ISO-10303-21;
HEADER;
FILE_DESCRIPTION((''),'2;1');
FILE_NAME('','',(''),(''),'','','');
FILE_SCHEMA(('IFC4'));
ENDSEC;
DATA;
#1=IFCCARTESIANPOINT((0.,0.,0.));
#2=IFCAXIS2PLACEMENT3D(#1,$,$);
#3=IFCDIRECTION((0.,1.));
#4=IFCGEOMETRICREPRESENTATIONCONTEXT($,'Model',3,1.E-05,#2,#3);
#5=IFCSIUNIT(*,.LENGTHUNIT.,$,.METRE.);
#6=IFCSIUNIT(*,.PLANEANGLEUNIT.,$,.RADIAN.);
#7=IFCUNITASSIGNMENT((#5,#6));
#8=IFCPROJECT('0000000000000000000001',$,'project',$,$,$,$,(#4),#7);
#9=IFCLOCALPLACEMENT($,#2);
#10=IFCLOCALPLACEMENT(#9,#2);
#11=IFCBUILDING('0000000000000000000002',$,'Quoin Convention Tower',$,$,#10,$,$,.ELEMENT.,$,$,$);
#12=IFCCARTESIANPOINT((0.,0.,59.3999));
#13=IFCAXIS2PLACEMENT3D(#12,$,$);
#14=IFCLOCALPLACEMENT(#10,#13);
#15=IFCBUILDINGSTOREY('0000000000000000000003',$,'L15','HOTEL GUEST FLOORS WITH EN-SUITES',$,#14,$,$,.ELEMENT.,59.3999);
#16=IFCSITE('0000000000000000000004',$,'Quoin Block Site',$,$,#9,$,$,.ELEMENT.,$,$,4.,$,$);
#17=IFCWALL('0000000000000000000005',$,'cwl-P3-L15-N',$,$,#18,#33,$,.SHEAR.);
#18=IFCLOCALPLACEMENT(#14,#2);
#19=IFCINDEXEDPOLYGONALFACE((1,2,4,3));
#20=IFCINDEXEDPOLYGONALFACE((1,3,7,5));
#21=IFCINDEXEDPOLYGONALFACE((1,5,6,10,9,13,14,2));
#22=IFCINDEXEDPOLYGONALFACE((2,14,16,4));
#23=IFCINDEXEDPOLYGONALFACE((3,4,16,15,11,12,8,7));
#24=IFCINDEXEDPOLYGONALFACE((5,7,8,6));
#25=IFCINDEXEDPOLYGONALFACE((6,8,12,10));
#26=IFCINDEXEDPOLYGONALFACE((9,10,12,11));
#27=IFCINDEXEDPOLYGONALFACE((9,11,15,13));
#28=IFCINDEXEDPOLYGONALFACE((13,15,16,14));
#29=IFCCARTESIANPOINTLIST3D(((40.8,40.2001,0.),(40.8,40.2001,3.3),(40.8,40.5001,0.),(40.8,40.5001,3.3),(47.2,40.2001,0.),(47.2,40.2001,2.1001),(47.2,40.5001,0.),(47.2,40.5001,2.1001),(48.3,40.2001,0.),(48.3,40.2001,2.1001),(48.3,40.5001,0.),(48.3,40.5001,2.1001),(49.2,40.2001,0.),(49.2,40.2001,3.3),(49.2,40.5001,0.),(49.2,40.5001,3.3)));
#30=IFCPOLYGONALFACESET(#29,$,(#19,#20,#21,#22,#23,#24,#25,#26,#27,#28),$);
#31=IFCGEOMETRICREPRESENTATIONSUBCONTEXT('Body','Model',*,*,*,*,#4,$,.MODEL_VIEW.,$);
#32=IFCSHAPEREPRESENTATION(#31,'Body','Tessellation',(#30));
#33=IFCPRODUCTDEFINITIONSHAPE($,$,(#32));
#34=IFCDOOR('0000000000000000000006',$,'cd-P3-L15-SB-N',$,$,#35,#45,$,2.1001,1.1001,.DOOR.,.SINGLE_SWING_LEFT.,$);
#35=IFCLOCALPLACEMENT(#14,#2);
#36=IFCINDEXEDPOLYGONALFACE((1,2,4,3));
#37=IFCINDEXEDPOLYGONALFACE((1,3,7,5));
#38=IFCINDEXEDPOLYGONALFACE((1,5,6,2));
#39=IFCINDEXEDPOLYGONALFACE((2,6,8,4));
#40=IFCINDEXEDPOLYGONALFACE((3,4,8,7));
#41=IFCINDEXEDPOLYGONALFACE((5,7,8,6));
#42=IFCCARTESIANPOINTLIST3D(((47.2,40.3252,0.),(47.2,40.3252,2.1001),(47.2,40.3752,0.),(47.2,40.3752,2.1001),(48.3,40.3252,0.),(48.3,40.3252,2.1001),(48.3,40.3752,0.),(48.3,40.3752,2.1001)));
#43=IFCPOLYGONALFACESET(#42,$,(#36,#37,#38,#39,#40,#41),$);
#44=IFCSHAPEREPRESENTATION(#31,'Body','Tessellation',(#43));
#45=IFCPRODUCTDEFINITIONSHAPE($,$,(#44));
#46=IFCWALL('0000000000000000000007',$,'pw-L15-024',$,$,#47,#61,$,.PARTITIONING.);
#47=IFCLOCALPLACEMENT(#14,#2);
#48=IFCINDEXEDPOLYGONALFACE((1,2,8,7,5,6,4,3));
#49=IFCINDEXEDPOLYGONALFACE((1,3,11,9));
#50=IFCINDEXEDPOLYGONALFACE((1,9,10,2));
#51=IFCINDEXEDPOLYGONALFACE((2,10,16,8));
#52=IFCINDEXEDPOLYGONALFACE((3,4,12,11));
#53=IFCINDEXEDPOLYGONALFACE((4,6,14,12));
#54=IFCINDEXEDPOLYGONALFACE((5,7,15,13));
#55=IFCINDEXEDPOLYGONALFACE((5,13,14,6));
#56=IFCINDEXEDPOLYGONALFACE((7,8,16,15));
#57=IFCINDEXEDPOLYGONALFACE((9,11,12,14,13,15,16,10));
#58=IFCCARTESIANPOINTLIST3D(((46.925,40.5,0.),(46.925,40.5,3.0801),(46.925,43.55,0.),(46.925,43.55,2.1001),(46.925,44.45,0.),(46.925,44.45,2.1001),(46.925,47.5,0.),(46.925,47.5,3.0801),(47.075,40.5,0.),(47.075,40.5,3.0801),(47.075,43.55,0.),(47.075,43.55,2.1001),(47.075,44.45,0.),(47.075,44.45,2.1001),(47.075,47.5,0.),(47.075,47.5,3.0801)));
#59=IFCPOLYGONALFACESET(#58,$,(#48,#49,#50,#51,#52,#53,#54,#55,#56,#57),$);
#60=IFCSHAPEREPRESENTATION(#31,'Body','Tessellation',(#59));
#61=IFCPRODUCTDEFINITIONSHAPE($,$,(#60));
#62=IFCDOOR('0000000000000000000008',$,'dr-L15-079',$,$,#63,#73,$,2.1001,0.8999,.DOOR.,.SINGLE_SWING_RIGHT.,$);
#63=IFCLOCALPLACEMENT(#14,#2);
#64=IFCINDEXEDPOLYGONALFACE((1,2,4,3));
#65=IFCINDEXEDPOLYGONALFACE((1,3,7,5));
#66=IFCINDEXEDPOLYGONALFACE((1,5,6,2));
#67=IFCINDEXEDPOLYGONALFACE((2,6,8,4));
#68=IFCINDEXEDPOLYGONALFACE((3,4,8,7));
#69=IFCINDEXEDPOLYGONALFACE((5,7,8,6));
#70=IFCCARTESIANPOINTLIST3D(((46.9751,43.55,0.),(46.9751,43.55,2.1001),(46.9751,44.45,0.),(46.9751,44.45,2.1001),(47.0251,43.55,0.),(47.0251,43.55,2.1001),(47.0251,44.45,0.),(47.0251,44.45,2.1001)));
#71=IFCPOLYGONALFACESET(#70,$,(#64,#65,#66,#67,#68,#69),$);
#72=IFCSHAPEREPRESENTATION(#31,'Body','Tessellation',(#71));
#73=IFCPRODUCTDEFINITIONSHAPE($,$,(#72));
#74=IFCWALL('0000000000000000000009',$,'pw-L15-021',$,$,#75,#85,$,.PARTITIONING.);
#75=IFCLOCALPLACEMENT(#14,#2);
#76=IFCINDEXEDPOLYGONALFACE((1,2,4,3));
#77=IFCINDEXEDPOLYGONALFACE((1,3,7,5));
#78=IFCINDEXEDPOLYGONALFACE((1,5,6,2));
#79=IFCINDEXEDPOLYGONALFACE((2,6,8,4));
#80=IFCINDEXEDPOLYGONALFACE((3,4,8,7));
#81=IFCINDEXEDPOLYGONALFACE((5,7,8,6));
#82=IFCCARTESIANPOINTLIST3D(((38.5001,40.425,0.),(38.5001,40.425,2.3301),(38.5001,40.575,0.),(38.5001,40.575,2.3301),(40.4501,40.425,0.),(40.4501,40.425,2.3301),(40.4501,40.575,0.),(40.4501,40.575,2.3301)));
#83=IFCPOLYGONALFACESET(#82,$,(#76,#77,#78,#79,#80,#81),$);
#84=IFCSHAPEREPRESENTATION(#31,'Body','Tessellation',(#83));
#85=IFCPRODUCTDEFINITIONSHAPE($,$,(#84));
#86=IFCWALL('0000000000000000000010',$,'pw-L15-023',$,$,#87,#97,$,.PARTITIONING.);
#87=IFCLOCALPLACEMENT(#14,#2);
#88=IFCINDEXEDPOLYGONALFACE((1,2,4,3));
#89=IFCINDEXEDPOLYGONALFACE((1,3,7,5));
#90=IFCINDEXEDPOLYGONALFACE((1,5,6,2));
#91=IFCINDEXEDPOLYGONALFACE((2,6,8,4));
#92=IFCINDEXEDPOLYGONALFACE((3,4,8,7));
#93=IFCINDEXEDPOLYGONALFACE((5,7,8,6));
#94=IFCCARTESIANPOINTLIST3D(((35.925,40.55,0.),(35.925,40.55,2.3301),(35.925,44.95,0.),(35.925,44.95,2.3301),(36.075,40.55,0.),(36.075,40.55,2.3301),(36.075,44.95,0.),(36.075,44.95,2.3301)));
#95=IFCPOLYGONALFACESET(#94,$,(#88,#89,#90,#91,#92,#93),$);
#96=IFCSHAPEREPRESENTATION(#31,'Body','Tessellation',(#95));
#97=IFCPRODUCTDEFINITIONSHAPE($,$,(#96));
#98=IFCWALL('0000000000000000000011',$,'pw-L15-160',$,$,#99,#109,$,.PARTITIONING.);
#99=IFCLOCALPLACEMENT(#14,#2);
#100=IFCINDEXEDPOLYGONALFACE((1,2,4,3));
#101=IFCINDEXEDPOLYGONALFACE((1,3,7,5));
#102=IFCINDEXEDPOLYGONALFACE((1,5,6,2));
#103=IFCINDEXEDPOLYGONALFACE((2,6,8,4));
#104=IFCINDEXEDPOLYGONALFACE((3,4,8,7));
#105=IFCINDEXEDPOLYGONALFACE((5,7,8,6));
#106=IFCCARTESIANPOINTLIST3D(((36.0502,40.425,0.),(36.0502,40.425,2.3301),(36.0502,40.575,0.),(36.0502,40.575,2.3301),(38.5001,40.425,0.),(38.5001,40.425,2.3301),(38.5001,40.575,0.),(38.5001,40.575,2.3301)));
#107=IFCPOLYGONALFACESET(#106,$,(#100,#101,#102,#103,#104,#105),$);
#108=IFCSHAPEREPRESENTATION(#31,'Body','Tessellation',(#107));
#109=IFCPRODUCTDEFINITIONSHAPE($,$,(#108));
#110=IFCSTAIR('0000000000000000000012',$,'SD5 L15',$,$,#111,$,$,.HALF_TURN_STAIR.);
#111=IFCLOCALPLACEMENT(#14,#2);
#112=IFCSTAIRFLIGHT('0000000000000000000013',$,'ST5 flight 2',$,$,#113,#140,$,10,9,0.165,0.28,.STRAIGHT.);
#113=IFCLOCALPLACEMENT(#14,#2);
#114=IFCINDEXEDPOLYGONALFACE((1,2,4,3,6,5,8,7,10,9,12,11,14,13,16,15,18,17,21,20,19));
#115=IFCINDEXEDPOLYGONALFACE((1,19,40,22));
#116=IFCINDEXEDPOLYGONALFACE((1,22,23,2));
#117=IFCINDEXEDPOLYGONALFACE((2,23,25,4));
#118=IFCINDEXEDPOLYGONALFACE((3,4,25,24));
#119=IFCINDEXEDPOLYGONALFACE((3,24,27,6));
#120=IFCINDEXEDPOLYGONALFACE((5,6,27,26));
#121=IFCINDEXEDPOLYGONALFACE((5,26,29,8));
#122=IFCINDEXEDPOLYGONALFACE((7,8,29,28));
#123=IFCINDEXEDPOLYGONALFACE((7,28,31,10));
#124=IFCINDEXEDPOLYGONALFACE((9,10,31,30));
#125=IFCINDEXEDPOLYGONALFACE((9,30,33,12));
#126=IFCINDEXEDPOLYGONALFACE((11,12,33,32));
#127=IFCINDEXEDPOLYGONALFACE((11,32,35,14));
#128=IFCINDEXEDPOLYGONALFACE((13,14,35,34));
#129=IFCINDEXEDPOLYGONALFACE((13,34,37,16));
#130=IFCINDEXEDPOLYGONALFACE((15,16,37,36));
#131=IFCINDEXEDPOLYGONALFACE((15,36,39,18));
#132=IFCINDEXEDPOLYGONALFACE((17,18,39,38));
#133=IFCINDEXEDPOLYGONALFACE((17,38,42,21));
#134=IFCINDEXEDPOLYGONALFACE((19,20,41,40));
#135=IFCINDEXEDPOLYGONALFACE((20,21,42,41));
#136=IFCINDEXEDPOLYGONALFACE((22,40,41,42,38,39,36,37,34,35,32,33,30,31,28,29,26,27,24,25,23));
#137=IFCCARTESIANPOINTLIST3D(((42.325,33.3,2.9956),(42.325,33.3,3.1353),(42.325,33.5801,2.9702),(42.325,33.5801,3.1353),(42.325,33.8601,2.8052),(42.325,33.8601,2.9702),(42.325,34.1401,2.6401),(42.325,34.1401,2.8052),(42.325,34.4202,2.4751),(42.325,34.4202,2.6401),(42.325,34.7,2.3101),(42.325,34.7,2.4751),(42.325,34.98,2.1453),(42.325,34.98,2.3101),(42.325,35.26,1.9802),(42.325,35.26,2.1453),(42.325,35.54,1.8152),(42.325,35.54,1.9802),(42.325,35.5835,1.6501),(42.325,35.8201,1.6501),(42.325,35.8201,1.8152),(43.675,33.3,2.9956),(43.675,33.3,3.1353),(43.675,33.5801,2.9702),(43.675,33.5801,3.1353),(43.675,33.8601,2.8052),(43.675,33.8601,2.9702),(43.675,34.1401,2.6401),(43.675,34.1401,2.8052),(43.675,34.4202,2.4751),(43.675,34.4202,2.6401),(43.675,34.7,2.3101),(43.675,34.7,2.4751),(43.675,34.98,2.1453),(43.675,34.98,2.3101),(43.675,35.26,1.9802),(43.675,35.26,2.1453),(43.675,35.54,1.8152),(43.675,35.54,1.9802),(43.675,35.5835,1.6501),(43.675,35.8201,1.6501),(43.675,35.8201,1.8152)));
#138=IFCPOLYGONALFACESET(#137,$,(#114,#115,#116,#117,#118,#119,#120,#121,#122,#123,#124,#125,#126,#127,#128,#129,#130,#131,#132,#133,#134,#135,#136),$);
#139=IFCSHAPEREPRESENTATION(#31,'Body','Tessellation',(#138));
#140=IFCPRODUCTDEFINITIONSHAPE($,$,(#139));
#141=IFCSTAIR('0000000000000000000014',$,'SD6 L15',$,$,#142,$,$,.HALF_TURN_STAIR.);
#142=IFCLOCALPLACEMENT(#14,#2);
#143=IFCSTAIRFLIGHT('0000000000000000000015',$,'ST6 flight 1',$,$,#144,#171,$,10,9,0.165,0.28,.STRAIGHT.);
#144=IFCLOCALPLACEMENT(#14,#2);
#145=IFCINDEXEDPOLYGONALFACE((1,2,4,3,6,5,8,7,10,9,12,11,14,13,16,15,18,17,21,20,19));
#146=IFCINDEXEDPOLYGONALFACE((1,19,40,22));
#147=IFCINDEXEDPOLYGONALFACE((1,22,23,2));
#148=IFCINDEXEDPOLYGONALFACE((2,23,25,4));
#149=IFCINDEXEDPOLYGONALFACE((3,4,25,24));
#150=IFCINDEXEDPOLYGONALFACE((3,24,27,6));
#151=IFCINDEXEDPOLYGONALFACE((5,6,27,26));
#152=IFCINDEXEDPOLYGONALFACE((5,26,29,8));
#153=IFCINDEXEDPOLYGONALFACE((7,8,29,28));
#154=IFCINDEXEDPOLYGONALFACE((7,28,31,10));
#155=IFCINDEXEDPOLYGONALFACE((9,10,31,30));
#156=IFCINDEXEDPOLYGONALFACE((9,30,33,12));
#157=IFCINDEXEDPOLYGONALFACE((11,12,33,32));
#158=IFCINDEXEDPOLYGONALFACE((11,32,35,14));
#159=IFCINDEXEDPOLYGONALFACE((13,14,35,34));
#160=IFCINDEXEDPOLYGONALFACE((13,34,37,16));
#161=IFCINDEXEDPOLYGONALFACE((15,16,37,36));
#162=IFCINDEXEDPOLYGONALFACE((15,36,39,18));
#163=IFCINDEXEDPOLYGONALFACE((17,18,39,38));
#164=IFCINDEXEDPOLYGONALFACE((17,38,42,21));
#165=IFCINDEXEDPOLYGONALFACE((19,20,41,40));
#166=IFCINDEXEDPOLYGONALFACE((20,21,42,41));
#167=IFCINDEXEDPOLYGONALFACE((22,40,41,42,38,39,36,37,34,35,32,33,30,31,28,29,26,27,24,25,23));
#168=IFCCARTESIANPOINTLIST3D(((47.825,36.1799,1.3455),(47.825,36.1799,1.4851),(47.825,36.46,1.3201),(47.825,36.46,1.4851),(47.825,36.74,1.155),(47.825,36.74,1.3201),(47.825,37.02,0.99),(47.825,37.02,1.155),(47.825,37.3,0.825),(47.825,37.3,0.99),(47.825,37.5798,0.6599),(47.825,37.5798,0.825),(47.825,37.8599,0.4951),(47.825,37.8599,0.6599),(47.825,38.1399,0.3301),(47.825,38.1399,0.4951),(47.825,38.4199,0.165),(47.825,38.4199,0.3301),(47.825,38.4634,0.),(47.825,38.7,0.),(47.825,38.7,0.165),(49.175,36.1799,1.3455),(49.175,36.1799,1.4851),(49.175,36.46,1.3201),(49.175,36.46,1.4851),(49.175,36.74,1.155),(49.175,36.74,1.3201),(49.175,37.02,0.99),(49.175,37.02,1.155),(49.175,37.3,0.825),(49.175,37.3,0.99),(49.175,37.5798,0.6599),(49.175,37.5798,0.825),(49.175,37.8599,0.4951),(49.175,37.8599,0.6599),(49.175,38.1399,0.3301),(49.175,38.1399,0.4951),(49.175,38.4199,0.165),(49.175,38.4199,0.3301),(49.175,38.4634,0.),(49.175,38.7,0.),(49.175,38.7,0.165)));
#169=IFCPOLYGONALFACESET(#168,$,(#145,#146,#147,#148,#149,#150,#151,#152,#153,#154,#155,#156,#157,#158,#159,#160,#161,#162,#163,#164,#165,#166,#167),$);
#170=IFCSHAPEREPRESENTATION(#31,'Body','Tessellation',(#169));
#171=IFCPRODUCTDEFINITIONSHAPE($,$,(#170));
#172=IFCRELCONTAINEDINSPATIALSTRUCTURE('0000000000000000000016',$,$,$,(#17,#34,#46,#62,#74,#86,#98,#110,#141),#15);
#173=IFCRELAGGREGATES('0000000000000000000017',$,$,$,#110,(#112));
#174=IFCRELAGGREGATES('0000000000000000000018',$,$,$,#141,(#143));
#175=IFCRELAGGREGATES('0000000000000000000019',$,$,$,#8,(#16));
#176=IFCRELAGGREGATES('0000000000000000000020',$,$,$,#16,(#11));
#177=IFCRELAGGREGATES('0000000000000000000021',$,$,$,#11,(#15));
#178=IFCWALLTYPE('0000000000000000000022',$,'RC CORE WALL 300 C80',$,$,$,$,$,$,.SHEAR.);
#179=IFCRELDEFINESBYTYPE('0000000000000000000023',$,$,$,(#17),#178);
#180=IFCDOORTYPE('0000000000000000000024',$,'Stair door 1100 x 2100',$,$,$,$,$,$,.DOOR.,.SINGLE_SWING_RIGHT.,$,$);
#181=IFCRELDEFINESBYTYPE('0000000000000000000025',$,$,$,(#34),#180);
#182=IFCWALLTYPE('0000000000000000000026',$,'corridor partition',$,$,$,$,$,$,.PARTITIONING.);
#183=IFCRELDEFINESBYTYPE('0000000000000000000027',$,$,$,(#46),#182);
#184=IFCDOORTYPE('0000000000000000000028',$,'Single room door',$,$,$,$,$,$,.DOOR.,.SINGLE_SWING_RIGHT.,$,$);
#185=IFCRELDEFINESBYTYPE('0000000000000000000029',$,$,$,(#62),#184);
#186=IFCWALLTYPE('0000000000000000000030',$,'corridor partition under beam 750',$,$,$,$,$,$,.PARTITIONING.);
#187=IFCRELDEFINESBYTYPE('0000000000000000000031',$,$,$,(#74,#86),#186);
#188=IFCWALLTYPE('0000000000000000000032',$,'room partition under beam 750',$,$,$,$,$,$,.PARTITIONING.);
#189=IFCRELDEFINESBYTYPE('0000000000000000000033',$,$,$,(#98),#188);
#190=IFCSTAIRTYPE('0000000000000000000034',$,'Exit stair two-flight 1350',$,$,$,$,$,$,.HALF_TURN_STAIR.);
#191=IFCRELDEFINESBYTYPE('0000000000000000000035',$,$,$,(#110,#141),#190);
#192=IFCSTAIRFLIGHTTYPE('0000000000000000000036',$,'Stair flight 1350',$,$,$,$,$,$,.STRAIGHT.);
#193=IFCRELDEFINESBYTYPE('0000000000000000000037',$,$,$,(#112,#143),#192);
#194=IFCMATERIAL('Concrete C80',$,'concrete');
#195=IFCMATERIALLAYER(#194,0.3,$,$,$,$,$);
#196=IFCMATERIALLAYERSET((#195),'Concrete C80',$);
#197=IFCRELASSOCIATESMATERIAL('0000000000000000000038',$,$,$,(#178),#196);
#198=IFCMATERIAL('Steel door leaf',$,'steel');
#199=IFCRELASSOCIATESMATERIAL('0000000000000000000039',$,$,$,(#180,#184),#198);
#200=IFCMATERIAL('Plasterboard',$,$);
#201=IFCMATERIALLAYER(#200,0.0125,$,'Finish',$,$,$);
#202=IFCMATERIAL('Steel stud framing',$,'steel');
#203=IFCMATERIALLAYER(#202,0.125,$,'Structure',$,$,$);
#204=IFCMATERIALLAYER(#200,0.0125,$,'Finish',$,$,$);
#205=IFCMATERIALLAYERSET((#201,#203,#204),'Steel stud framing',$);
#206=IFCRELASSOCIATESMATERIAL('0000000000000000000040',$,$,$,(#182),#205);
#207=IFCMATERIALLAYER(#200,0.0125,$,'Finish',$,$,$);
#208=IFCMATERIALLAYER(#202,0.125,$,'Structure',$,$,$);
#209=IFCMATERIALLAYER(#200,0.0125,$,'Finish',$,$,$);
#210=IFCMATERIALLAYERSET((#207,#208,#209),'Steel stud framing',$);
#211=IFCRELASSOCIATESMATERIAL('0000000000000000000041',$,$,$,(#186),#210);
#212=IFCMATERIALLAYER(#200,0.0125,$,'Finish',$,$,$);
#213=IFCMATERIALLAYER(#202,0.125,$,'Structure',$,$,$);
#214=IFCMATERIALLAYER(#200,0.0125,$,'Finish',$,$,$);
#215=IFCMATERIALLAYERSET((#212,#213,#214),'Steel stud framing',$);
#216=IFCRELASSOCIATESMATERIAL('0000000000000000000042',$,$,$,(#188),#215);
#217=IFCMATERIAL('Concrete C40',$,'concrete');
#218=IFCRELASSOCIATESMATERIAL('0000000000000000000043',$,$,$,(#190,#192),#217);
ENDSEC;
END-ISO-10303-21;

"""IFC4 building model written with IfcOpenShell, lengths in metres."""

from ifc_helpers import new_model, si_unit, direction, frame, frame_2d, origin, place, context, subcontext, project, spatial, polyline, rectangle, outline, extrude, material, layer, layer_set, type_object, element, fill, aggregate, save


model = new_model("IFC4")

# Units and contexts
model_context = context("Model", 3, precision=1e-05, world=origin(), true_north=direction((0.0, 1.0)))
body_context = subcontext(model_context, "Body", "Model", "MODEL_VIEW")
ifc_project = project(units=[si_unit("LENGTHUNIT", "METRE"), si_unit("PLANEANGLEUNIT", "RADIAN")], contexts=[model_context])

# Site, building, storey
site_placement = place(None, origin())
site = spatial("IfcSite", under=ifc_project, at=site_placement, Name="Quoin Block Site", CompositionType="ELEMENT", RefElevation=4.0)
building_placement = place(site_placement, origin())
building = spatial("IfcBuilding", under=site, at=building_placement, Name="Quoin Convention Tower", CompositionType="ELEMENT")
storey_placement = place(building_placement, frame((0.0, 0.0, 59.3999)))
storey = spatial("IfcBuildingStorey", under=building, at=storey_placement, Name="L15", Description="HOTEL GUEST FLOORS WITH EN-SUITES", CompositionType="ELEMENT", Elevation=59.3999)

# Shared definitions
ifc_material_1 = material(Name="Concrete C80", Category="concrete")

# Walls, openings, doors
ifc_layer_1 = layer(ifc_material_1, 0.3)
ifc_layer_set_1 = layer_set([ifc_layer_1], Name="Concrete C80")
wall_type_1 = type_object("IfcWallType", Name="RC CORE WALL 300 C80", PredefinedType="SHEAR", material=ifc_layer_set_1)
wall_1_placement = place(storey_placement, frame((40.8, 40.3501, 0.0), z_axis=(0.0, 0.0, 1.0), x_axis=(1.0, 0.0, 0.0)))
wall_1 = element("IfcWall", 1, at=wall_1_placement, inside=storey, type_object=wall_type_1, Name="cwl-P3-L15-N", PredefinedType="SHEAR", context=body_context, shape_type="SweptSolid", body=[
    extrude(rectangle(XDim=8.3999, YDim=0.3, at=frame_2d((4.2, 0.0))), origin(), (0.0, 0.0, 1.0), 3.3),
])
opening_1_placement = place(wall_1_placement, frame((6.3999, 0.0, 0.0)))
opening_1 = element("IfcOpeningElement", 2, at=opening_1_placement, cuts=wall_1, PredefinedType="OPENING", context=body_context, shape_type="SweptSolid", body=[
    extrude(rectangle(XDim=1.1001, YDim=2.1001, at=frame_2d((0.55, 1.05))), frame((0.0, 0.1599, 0.0), z_axis=(0.0, -1.0, 0.0), x_axis=(1.0, 0.0, 0.0)), (0.0, 0.0, 1.0), 0.3201),
])
ifc_material_2 = material(Name="Steel door leaf", Category="steel")
door_type_1 = type_object("IfcDoorType", Name="Stair door 1100 x 2100", OperationType="SINGLE_SWING_RIGHT", PredefinedType="DOOR", material=ifc_material_2)
door_1_placement = place(opening_1_placement, frame((1.1001, 0.0, 0.0), z_axis=(0.0, 0.0, 1.0), x_axis=(-1.0, 0.0, 0.0)))
door_1 = element("IfcDoor", 3, at=door_1_placement, inside=storey, type_object=door_type_1, Name="cd-P3-L15-SB-N", OperationType="SINGLE_SWING_LEFT", OverallHeight=2.1001, OverallWidth=1.1001, PredefinedType="DOOR", context=body_context, shape_type="SweptSolid", body=[
    extrude(rectangle(XDim=1.1001, YDim=2.1001, at=frame_2d((0.55, 1.05))), frame((0.0, 0.0249, 0.0), z_axis=(0.0, -1.0, 0.0), x_axis=(1.0, 0.0, 0.0)), (0.0, 0.0, 1.0), 0.05),
])
fill(opening_1, door_1)
ifc_material_3 = material(Name="Plasterboard")
ifc_layer_2 = layer(ifc_material_3, 0.0125, Name="Finish")
ifc_material_4 = material(Name="Steel stud framing", Category="steel")
ifc_layer_3 = layer(ifc_material_4, 0.125, Name="Structure")
ifc_layer_4 = layer(ifc_material_3, 0.0125, Name="Finish")
ifc_layer_set_2 = layer_set([ifc_layer_2, ifc_layer_3, ifc_layer_4], Name="Steel stud framing")
wall_type_2 = type_object("IfcWallType", Name="corridor partition", PredefinedType="PARTITIONING", material=ifc_layer_set_2)
wall_2_placement = place(storey_placement, frame((47.0, 40.5, 0.0), z_axis=(0.0, 0.0, 1.0), x_axis=(0.0, 1.0, 0.0)))
wall_2 = element("IfcWall", 4, at=wall_2_placement, inside=storey, type_object=wall_type_2, Name="pw-L15-024", PredefinedType="PARTITIONING", context=body_context, shape_type="SweptSolid", body=[
    extrude(rectangle(XDim=7.0, YDim=0.1499, at=frame_2d((3.5, 0.0))), origin(), (0.0, 0.0, 1.0), 3.0801),
])
opening_2_placement = place(wall_2_placement, frame((3.05, 0.0, 0.0)))
opening_2 = element("IfcOpeningElement", 5, at=opening_2_placement, cuts=wall_2, PredefinedType="OPENING", context=body_context, shape_type="SweptSolid", body=[
    extrude(rectangle(XDim=0.8999, YDim=2.1001, at=frame_2d((0.45, 1.05))), frame((0.0, 0.085, 0.0), z_axis=(0.0, -1.0, 0.0), x_axis=(1.0, 0.0, 0.0)), (0.0, 0.0, 1.0), 0.1699),
])
door_type_2 = type_object("IfcDoorType", Name="Single room door", OperationType="SINGLE_SWING_RIGHT", PredefinedType="DOOR", material=ifc_material_2)
door_2_placement = place(opening_2_placement, origin())
door_2 = element("IfcDoor", 6, at=door_2_placement, inside=storey, type_object=door_type_2, Name="dr-L15-079", OperationType="SINGLE_SWING_RIGHT", OverallHeight=2.1001, OverallWidth=0.8999, PredefinedType="DOOR", context=body_context, shape_type="SweptSolid", body=[
    extrude(rectangle(XDim=0.8999, YDim=2.1001, at=frame_2d((0.45, 1.05))), frame((0.0, 0.0249, 0.0), z_axis=(0.0, -1.0, 0.0), x_axis=(1.0, 0.0, 0.0)), (0.0, 0.0, 1.0), 0.05),
])
fill(opening_2, door_2)

# Walls
ifc_layer_5 = layer(ifc_material_3, 0.0125, Name="Finish")
ifc_layer_6 = layer(ifc_material_4, 0.125, Name="Structure")
ifc_layer_7 = layer(ifc_material_3, 0.0125, Name="Finish")
ifc_layer_set_3 = layer_set([ifc_layer_5, ifc_layer_6, ifc_layer_7], Name="Steel stud framing")
wall_type_3 = type_object("IfcWallType", Name="corridor partition under beam 750", PredefinedType="PARTITIONING", material=ifc_layer_set_3)
wall_3_placement = place(storey_placement, frame((38.5, 40.5, 0.0), z_axis=(0.0, 0.0, 1.0), x_axis=(1.0, 0.0, 0.0)))
element("IfcWall", 7, at=wall_3_placement, inside=storey, type_object=wall_type_3, Name="pw-L15-021", PredefinedType="PARTITIONING", context=body_context, shape_type="SweptSolid", body=[
    extrude(rectangle(XDim=1.95, YDim=0.1499, at=frame_2d((0.9751, 0.0))), origin(), (0.0, 0.0, 1.0), 2.3301),
])
wall_4_placement = place(storey_placement, frame((36.0, 40.55, 0.0), z_axis=(0.0, 0.0, 1.0), x_axis=(0.0, 1.0, 0.0)))
element("IfcWall", 8, at=wall_4_placement, inside=storey, type_object=wall_type_3, Name="pw-L15-023", PredefinedType="PARTITIONING", context=body_context, shape_type="SweptSolid", body=[
    extrude(rectangle(XDim=4.3999, YDim=0.1499, at=frame_2d((2.2, 0.0))), origin(), (0.0, 0.0, 1.0), 2.3301),
])
ifc_layer_8 = layer(ifc_material_3, 0.0125, Name="Finish")
ifc_layer_9 = layer(ifc_material_4, 0.125, Name="Structure")
ifc_layer_10 = layer(ifc_material_3, 0.0125, Name="Finish")
ifc_layer_set_4 = layer_set([ifc_layer_8, ifc_layer_9, ifc_layer_10], Name="Steel stud framing")
wall_type_4 = type_object("IfcWallType", Name="room partition under beam 750", PredefinedType="PARTITIONING", material=ifc_layer_set_4)
wall_5_placement = place(storey_placement, frame((36.05, 40.5, 0.0), z_axis=(0.0, 0.0, 1.0), x_axis=(1.0, 0.0, 0.0)))
element("IfcWall", 9, at=wall_5_placement, inside=storey, type_object=wall_type_4, Name="pw-L15-160", PredefinedType="PARTITIONING", context=body_context, shape_type="SweptSolid", body=[
    extrude(rectangle(XDim=2.45, YDim=0.1499, at=frame_2d((1.2251, 0.0))), origin(), (0.0, 0.0, 1.0), 2.3301),
])

# Stair, stair flight
ifc_material_5 = material(Name="Concrete C40", Category="concrete")
stair_type = type_object("IfcStairType", Name="Exit stair two-flight 1350", PredefinedType="HALF_TURN_STAIR", material=ifc_material_5)
stair_1_placement = place(storey_placement, origin())
stair_1 = element("IfcStair", 10, at=stair_1_placement, inside=storey, type_object=stair_type, Name="SD5 L15", PredefinedType="HALF_TURN_STAIR")
stair_flight_type = type_object("IfcStairFlightType", Name="Stair flight 1350", PredefinedType="STRAIGHT", material=ifc_material_5)
stair_flight_1_placement = place(storey_placement, frame((43.0, 35.8201, 1.6501), z_axis=(0.0, 0.0, 1.0), x_axis=(0.0, -1.0, 0.0)))
stair_flight_1 = element("IfcStairFlight", 11, at=stair_flight_1_placement, type_object=stair_flight_type, Name="ST5 flight 2", NumberOfRisers=10, NumberOfTreads=9, PredefinedType="STRAIGHT", RiserHeight=0.165, TreadLength=0.28, context=body_context, shape_type="SweptSolid", body=[
    extrude(outline(polyline([(0.0, 0.0), (0.0, 0.165), (0.28, 0.165), (0.28, 0.3301), (0.5601, 0.3301), (0.5601, 0.4951), (0.8401, 0.4951), (0.8401, 0.6599), (1.1201, 0.6599), (1.1201, 0.825), (1.3999, 0.825), (1.3999, 0.99), (1.6799, 0.99), (1.6799, 1.155), (1.96, 1.155), (1.96, 1.3201), (2.24, 1.3201), (2.24, 1.4851), (2.52, 1.4851), (2.52, 1.6499), (2.52, 1.3455), (0.2366, 0.0), (0.0, 0.0)])), frame((0.0, 0.675, 0.0), z_axis=(0.0, -1.0, 0.0), x_axis=(1.0, 0.0, 0.0)), (0.0, 0.0, 1.0), 1.3501),
])
aggregate(stair_1, [stair_flight_1])

# Stair, stair flight
stair_2_placement = place(storey_placement, origin())
stair_2 = element("IfcStair", 12, at=stair_2_placement, inside=storey, type_object=stair_type, Name="SD6 L15", PredefinedType="HALF_TURN_STAIR")
stair_flight_2_placement = place(storey_placement, frame((48.5, 38.7, 0.0), z_axis=(0.0, 0.0, 1.0), x_axis=(0.0, -1.0, 0.0)))
stair_flight_2 = element("IfcStairFlight", 13, at=stair_flight_2_placement, type_object=stair_flight_type, Name="ST6 flight 1", NumberOfRisers=10, NumberOfTreads=9, PredefinedType="STRAIGHT", RiserHeight=0.165, TreadLength=0.28, context=body_context, shape_type="SweptSolid", body=[
    extrude(outline(polyline([(0.0, 0.0), (0.0, 0.165), (0.28, 0.165), (0.28, 0.3301), (0.5601, 0.3301), (0.5601, 0.4951), (0.8401, 0.4951), (0.8401, 0.6599), (1.1201, 0.6599), (1.1201, 0.825), (1.3999, 0.825), (1.3999, 0.99), (1.6799, 0.99), (1.6799, 1.155), (1.96, 1.155), (1.96, 1.3201), (2.24, 1.3201), (2.24, 1.4851), (2.52, 1.4851), (2.52, 1.6499), (2.52, 1.3455), (0.2366, 0.0), (0.0, 0.0)])), frame((0.0, 0.675, 0.0), z_axis=(0.0, -1.0, 0.0), x_axis=(1.0, 0.0, 0.0)), (0.0, 0.0, 1.0), 1.3501),
])
aggregate(stair_2, [stair_flight_2])

save(model, "model.ifc")
